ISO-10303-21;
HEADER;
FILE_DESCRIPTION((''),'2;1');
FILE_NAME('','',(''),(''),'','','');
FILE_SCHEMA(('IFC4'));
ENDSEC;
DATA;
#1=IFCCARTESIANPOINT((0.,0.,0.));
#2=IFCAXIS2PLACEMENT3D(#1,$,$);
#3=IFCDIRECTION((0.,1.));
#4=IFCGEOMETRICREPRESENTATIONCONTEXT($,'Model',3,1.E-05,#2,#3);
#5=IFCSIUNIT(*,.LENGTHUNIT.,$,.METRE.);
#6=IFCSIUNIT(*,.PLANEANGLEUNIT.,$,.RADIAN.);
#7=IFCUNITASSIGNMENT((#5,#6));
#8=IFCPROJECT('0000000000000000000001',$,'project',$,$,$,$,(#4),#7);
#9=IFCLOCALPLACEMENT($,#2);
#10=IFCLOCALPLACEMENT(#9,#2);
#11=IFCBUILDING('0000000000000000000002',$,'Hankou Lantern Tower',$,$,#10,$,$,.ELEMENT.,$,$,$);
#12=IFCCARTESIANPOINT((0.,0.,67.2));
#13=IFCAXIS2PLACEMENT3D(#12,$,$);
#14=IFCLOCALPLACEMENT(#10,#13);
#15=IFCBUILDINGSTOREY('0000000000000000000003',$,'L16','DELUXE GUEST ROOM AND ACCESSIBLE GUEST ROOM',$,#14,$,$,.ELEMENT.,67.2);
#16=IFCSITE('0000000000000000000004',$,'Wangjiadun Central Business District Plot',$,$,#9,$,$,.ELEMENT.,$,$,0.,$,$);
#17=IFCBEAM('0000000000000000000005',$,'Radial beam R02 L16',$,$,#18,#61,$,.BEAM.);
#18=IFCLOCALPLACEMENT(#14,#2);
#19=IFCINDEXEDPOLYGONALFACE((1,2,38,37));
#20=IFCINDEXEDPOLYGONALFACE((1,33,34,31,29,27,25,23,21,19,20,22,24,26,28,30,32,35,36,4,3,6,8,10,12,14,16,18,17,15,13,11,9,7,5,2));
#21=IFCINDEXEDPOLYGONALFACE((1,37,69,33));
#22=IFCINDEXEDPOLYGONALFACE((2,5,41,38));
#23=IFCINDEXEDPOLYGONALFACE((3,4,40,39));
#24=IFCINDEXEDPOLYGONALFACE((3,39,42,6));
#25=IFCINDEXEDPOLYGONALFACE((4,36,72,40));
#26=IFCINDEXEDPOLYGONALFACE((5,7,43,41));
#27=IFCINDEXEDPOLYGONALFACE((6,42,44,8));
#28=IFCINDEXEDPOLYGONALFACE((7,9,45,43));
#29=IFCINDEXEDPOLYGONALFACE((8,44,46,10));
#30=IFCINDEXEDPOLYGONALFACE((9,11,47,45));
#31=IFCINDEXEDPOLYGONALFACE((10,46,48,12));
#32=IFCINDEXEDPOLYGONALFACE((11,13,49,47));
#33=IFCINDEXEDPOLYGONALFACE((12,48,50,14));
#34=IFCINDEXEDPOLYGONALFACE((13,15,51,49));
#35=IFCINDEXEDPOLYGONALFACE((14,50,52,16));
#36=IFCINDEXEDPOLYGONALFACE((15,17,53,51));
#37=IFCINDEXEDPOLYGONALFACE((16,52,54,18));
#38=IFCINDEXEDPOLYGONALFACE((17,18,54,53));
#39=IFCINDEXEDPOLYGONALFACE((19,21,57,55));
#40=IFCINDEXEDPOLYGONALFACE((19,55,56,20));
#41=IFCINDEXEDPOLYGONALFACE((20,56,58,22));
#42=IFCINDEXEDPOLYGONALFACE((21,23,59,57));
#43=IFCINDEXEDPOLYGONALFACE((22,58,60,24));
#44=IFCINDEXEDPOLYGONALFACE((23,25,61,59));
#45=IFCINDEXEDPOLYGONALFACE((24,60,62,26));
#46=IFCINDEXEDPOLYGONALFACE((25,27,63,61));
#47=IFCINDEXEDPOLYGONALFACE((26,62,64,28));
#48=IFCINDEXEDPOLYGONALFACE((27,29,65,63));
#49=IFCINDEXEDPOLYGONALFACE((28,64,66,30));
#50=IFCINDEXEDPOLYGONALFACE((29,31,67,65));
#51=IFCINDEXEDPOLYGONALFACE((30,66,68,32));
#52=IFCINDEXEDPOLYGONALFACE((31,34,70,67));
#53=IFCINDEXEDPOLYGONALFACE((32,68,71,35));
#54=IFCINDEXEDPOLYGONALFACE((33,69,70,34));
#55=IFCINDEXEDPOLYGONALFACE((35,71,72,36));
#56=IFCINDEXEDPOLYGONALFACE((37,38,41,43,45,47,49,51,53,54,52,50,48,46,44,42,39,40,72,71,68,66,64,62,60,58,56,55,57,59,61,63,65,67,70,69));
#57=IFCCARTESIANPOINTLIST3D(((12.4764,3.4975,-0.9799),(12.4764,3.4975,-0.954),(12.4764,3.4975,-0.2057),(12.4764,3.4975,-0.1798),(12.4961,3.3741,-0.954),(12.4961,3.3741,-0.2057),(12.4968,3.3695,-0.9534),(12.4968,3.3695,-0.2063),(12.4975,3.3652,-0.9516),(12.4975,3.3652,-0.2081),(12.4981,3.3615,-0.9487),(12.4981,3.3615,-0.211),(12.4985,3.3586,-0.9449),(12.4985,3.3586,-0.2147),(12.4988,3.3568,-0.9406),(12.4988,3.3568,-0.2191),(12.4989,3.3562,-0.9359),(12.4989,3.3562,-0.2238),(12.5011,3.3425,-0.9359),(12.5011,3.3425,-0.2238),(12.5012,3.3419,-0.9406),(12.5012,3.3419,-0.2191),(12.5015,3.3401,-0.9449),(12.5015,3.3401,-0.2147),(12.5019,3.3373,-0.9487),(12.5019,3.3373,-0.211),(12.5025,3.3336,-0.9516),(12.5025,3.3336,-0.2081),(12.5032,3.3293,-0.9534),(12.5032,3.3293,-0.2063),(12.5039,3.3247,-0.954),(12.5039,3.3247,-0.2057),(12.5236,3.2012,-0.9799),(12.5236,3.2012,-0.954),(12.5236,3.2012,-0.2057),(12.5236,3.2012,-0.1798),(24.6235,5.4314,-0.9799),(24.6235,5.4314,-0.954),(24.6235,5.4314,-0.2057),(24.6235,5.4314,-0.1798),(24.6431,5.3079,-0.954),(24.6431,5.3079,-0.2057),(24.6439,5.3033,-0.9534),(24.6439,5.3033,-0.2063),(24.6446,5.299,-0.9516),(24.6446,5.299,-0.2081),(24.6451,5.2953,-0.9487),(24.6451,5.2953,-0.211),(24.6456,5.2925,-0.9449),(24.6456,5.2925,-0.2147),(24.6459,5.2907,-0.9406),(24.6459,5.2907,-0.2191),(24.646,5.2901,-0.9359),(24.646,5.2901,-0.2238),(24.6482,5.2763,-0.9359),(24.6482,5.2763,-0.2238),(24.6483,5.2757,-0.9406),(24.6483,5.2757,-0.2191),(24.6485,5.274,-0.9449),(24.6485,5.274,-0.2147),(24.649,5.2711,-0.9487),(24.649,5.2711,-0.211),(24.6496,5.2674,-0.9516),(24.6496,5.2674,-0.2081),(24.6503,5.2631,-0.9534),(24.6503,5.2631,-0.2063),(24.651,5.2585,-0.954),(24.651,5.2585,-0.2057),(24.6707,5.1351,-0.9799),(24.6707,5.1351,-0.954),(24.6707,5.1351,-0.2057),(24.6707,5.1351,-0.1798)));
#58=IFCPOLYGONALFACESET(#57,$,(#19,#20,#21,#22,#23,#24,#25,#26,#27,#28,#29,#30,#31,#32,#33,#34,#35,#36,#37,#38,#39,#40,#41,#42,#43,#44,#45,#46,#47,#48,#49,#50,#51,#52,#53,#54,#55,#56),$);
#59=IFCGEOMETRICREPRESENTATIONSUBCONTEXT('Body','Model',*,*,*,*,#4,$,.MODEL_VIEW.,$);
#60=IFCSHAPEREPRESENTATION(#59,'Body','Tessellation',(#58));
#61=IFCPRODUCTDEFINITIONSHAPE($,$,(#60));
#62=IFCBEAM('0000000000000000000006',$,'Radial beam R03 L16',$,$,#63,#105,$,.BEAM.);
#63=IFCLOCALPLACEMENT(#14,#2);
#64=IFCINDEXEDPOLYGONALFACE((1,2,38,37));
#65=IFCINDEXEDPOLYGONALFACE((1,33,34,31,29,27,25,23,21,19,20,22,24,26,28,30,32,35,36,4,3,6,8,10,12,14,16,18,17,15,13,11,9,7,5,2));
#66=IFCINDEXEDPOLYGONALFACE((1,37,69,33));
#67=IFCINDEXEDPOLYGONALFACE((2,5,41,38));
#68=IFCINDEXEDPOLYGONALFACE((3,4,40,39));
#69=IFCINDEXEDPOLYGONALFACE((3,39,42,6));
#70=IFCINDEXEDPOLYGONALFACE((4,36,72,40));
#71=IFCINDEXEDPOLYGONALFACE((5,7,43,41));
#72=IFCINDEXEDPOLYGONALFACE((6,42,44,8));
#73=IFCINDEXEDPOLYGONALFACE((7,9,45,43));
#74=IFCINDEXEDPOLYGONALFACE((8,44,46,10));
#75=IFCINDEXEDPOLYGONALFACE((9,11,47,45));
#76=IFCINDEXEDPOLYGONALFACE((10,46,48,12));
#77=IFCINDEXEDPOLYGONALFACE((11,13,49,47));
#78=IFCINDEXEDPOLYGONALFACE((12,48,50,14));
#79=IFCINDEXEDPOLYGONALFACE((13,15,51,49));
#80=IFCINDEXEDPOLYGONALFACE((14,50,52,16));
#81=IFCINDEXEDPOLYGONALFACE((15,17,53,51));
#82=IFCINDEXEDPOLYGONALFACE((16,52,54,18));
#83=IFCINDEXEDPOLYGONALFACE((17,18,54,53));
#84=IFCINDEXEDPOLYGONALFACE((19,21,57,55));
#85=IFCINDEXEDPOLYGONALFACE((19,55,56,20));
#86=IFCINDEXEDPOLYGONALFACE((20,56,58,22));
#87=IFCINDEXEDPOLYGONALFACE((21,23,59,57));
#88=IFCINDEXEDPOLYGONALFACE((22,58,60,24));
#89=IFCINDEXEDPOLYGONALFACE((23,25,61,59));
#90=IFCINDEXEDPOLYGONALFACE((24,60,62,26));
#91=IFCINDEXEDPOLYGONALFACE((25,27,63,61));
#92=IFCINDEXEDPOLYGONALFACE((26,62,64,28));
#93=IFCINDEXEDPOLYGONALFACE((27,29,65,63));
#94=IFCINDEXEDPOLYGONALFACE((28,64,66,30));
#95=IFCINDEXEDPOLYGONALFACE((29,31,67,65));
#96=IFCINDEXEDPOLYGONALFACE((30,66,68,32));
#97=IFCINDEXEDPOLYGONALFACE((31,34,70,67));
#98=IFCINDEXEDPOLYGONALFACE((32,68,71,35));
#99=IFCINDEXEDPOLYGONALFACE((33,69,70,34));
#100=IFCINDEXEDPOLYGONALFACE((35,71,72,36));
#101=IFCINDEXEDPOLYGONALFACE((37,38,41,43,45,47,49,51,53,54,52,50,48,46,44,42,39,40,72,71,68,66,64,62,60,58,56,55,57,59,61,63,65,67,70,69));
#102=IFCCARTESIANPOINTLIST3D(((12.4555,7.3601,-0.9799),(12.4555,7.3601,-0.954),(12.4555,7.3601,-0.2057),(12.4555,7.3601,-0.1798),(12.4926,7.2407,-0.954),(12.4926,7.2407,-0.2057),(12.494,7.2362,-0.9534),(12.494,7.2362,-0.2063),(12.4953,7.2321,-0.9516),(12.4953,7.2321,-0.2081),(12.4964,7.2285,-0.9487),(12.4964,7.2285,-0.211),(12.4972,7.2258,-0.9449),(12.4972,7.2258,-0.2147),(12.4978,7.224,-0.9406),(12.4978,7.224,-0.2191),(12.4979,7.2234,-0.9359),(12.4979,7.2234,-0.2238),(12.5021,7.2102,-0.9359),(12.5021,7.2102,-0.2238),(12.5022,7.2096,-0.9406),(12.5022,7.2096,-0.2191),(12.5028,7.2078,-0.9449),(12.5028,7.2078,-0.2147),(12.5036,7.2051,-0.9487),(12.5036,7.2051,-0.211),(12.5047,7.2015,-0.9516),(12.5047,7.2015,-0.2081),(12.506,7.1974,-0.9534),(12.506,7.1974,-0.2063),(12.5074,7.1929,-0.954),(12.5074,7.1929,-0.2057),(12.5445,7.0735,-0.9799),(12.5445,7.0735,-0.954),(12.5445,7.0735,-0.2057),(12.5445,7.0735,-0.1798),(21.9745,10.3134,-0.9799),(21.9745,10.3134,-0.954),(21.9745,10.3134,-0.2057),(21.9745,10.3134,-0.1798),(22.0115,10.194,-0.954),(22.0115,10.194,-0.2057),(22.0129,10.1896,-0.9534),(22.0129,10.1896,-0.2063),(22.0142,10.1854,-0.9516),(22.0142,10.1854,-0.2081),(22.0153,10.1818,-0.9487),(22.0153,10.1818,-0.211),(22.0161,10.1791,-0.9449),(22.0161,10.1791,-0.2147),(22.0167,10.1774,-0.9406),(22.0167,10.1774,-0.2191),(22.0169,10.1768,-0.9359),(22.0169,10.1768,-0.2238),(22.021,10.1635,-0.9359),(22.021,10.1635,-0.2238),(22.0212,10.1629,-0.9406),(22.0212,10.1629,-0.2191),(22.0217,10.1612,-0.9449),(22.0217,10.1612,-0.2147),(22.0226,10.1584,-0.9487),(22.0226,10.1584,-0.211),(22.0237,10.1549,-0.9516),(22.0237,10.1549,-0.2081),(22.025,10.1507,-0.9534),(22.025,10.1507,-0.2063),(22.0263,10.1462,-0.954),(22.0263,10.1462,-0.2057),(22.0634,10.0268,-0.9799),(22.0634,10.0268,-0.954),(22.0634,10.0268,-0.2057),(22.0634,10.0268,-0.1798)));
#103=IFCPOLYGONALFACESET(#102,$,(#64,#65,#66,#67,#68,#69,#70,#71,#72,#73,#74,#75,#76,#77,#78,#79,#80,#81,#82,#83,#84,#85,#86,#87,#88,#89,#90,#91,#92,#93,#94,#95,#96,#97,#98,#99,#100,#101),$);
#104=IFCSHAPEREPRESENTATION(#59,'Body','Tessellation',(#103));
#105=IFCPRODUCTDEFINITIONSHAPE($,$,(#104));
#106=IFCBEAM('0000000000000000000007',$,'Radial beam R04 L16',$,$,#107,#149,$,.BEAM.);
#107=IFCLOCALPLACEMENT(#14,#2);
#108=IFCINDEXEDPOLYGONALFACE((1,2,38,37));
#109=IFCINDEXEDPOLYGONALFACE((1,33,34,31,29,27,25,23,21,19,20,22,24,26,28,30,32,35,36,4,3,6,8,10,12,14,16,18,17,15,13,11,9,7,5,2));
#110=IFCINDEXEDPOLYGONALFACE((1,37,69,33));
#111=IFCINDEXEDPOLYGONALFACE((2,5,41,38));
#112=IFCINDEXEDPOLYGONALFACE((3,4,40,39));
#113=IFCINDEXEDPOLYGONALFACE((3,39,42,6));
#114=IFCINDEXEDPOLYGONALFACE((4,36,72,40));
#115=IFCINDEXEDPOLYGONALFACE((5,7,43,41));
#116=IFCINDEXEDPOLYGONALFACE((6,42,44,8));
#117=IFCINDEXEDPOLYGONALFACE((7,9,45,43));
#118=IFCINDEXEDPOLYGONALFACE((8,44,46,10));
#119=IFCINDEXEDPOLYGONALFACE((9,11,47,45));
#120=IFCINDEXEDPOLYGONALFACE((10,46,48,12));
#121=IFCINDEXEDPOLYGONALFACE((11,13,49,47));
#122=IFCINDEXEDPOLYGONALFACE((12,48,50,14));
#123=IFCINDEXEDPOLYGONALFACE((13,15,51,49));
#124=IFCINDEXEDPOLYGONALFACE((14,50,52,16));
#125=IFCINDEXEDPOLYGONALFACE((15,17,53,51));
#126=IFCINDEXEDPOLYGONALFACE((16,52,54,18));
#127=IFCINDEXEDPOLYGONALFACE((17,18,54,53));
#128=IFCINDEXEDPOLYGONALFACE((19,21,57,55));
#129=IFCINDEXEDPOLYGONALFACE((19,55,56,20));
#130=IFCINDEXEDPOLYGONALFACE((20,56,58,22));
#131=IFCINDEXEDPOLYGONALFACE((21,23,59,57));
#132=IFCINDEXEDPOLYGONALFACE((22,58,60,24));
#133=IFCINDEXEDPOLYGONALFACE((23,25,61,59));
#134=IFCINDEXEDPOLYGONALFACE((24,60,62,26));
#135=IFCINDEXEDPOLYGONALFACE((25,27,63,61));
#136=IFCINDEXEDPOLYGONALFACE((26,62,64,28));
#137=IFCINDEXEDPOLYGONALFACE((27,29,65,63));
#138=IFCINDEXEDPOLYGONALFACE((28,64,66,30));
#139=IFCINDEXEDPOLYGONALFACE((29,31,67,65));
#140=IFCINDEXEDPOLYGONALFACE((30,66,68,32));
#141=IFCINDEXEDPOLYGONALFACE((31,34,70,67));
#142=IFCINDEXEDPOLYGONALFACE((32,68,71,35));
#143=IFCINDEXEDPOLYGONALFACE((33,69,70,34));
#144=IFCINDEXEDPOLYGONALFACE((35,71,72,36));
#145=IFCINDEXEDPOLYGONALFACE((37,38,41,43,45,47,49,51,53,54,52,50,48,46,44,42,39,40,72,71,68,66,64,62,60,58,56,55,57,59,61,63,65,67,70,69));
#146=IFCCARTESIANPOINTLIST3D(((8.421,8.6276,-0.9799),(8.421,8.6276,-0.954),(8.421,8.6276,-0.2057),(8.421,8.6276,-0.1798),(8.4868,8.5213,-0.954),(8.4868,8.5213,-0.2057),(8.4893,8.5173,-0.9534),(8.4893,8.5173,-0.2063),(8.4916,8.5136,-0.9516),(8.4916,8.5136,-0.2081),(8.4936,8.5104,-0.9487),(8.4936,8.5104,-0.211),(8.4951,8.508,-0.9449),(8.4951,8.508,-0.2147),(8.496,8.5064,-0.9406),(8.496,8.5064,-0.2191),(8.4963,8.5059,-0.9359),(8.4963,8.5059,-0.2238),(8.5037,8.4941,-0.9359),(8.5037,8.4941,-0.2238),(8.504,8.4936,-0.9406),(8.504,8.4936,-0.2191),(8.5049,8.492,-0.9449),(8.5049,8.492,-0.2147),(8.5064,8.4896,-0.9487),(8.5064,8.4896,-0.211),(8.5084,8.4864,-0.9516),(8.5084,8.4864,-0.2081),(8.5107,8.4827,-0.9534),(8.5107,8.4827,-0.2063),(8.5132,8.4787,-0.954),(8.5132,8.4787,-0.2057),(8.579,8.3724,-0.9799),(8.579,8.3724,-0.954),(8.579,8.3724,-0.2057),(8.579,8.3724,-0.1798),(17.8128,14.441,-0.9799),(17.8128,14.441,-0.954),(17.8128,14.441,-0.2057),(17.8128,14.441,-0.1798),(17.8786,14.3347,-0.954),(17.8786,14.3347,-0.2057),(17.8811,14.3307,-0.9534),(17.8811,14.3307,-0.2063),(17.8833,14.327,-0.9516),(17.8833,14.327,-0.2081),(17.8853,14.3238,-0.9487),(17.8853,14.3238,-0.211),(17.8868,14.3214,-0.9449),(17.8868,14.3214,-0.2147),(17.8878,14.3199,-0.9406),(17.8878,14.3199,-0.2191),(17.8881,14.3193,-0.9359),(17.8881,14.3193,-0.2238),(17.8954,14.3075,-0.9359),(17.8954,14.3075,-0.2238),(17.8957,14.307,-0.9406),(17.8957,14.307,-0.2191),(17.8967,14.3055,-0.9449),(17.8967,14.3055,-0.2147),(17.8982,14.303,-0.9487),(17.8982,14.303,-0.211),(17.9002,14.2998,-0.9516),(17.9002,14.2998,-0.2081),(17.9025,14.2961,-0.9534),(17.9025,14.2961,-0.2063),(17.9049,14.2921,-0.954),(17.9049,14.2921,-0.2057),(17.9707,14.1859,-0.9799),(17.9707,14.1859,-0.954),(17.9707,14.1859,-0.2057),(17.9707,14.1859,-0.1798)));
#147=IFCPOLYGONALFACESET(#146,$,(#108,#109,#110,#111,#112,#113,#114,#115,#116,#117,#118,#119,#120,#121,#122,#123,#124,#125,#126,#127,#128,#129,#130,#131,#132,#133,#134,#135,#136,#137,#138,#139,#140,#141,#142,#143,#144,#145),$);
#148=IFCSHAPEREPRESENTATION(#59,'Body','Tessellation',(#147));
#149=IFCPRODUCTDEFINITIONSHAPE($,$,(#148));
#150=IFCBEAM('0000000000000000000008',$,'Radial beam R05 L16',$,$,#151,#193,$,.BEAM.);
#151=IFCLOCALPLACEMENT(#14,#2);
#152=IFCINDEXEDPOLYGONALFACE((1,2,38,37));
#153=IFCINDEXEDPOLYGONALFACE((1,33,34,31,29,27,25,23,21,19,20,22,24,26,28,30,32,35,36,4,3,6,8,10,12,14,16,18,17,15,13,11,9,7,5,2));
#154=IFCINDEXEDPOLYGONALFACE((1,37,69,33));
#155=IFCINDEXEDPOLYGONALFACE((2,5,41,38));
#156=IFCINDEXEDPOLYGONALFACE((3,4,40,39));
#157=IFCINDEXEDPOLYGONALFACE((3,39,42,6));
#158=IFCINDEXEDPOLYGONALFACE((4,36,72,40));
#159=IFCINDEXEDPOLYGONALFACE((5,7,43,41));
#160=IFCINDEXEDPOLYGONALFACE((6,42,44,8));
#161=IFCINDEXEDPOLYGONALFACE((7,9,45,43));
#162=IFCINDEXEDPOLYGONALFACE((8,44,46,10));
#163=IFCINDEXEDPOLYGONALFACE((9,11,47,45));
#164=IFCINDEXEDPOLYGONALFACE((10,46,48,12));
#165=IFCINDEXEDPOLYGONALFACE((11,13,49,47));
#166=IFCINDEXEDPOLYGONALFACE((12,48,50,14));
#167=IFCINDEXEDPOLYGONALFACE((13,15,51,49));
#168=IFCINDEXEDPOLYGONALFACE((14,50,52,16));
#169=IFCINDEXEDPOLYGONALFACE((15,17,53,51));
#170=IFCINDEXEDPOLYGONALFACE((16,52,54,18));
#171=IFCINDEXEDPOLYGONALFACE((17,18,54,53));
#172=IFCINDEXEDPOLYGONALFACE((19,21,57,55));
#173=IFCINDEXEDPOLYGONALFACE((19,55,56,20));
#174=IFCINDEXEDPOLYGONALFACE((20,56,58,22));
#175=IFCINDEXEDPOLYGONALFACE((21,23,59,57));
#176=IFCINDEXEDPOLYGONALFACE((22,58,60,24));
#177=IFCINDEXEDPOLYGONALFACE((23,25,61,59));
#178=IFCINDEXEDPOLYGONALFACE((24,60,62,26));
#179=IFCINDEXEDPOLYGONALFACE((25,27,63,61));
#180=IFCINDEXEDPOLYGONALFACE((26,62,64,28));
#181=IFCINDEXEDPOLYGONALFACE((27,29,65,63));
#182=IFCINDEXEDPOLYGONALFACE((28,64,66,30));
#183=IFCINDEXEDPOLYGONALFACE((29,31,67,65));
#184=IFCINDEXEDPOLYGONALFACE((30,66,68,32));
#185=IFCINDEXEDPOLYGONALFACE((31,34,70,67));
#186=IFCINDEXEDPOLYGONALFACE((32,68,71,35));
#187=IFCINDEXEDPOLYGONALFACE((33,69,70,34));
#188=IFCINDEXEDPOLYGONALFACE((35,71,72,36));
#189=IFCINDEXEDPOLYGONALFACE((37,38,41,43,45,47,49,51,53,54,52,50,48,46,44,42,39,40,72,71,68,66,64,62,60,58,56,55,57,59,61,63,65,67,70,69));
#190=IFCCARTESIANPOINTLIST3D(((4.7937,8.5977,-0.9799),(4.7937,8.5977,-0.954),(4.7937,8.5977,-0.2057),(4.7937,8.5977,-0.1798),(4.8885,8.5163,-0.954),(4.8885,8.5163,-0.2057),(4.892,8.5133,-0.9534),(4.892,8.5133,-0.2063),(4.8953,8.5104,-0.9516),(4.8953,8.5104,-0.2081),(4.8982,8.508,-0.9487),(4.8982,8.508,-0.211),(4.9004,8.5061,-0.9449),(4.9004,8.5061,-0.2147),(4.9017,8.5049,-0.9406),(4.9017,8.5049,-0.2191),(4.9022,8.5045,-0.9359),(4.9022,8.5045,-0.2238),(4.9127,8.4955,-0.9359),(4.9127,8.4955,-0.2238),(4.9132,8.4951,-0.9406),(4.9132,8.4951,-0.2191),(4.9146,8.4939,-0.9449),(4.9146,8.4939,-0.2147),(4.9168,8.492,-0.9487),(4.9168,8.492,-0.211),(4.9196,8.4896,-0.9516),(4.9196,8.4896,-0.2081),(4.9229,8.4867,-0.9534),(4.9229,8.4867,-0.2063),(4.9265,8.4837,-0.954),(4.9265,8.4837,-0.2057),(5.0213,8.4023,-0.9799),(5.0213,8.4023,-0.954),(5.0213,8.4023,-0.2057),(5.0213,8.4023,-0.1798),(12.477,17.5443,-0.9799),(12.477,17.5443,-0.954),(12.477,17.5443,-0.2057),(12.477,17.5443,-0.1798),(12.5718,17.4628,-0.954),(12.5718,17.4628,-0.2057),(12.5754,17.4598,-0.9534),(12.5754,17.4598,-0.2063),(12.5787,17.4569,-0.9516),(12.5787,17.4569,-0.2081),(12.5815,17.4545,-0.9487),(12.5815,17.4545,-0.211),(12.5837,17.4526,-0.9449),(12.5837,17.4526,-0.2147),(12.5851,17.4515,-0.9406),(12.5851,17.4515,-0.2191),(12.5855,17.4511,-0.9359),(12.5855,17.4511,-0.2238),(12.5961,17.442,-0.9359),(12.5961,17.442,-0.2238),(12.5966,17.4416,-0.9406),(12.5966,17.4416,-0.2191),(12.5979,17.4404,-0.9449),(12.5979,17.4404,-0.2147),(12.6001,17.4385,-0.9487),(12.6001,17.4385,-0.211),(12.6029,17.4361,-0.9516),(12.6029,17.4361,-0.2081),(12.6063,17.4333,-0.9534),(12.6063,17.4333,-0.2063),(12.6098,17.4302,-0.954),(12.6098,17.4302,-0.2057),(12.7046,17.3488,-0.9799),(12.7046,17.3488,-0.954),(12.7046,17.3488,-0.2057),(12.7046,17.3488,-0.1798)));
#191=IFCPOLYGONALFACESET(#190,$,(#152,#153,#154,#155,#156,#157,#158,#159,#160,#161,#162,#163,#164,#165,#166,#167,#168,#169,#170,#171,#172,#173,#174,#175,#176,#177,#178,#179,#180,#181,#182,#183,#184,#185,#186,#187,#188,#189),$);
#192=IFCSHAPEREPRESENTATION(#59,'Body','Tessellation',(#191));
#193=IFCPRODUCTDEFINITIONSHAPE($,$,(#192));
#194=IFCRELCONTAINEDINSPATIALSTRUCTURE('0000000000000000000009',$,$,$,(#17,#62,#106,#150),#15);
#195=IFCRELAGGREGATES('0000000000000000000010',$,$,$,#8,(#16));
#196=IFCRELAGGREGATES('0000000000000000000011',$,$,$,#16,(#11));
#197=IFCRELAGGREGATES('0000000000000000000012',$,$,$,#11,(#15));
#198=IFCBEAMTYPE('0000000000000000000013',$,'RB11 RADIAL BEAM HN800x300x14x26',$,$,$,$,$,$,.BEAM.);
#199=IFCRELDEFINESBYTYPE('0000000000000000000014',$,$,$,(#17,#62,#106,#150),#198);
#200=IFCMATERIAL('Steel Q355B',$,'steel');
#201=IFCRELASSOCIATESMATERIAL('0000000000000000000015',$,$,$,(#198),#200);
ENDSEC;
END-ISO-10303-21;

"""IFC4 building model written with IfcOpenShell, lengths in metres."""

from ifc_helpers import new_model, si_unit, direction, frame, origin, origin_2d, place, context, subcontext, project, spatial, i_section, extrude, material, material_profile, profile_set, type_object, element, save


model = new_model("IFC4")

# Units and contexts
model_context = context("Model", 3, precision=1e-05, world=origin(), true_north=direction((0.0, 1.0)))
body_context = subcontext(model_context, "Body", "Model", "MODEL_VIEW")
ifc_project = project(units=[si_unit("LENGTHUNIT", "METRE"), si_unit("PLANEANGLEUNIT", "RADIAN")], contexts=[model_context])

# Site, building, storey
site_placement = place(None, origin())
site = spatial("IfcSite", under=ifc_project, at=site_placement, Name="Wangjiadun Central Business District Plot", CompositionType="ELEMENT", RefElevation=0.0)
building_placement = place(site_placement, origin())
building = spatial("IfcBuilding", under=site, at=building_placement, Name="Hankou Lantern Tower", CompositionType="ELEMENT")
storey_placement = place(building_placement, frame((0.0, 0.0, 67.2)))
storey = spatial("IfcBuildingStorey", under=building, at=storey_placement, Name="L16", Description="DELUXE GUEST ROOM AND ACCESSIBLE GUEST ROOM", CompositionType="ELEMENT", Elevation=67.2)

# Beams
ifc_material_1 = material(Name="Steel Q355B", Category="steel")
ifc_material_profile_1 = material_profile(ifc_material_1, i_section(OverallWidth=0.3, OverallDepth=0.8, WebThickness=0.0139, FlangeThickness=0.0259, FilletRadius=0.0181, at=origin_2d()), Name="HN800x300x14x26")
ifc_profile_set_1 = profile_set([ifc_material_profile_1], Name="Steel Q355B")
beam_type_1 = type_object("IfcBeamType", Name="RB11 RADIAL BEAM HN800x300x14x26", PredefinedType="BEAM", material=ifc_profile_set_1)
beam_1_placement = place(storey_placement, frame((12.5, 3.3494, -0.5798), z_axis=(0.987563, 0.157223, 0.0), x_axis=(-0.157223, 0.987563, 0.0)))
element("IfcBeam", 1, at=beam_1_placement, inside=storey, type_object=beam_type_1, Name="Radial beam R02 L16", PredefinedType="BEAM", context=body_context, shape_type="SweptSolid", body=[
    extrude(i_section(OverallWidth=0.3, OverallDepth=0.8, WebThickness=0.0139, FlangeThickness=0.0259, FilletRadius=0.0181, at=origin_2d()), origin(), (0.0, 0.0, 1.0), 12.3),
])
beam_2_placement = place(storey_placement, frame((12.5, 7.2168, -0.5798), z_axis=(0.955087, 0.296324, 0.0), x_axis=(-0.296324, 0.955087, 0.0)))
element("IfcBeam", 2, at=beam_2_placement, inside=storey, type_object=beam_type_1, Name="Radial beam R03 L16", PredefinedType="BEAM", context=body_context, shape_type="SweptSolid", body=[
    extrude(i_section(OverallWidth=0.3, OverallDepth=0.8, WebThickness=0.0139, FlangeThickness=0.0259, FilletRadius=0.0181, at=origin_2d()), origin(), (0.0, 0.0, 1.0), 9.9666),
])
beam_3_placement = place(storey_placement, frame((8.5, 8.5, -0.5798), z_axis=(0.850286, 0.52632, 0.0), x_axis=(-0.52632, 0.850286, 0.0)))
element("IfcBeam", 3, at=beam_3_placement, inside=storey, type_object=beam_type_1, Name="Radial beam R04 L16", PredefinedType="BEAM", context=body_context, shape_type="SweptSolid", body=[
    extrude(i_section(OverallWidth=0.3, OverallDepth=0.8, WebThickness=0.0139, FlangeThickness=0.0259, FilletRadius=0.0181, at=origin_2d()), origin(), (0.0, 0.0, 1.0), 11.0454),
])
beam_4_placement = place(storey_placement, frame((4.9075, 8.5, -0.5798), z_axis=(0.651519, 0.758632, 0.0), x_axis=(-0.758632, 0.651519, 0.0)))
element("IfcBeam", 4, at=beam_4_placement, inside=storey, type_object=beam_type_1, Name="Radial beam R05 L16", PredefinedType="BEAM", context=body_context, shape_type="SweptSolid", body=[
    extrude(i_section(OverallWidth=0.3, OverallDepth=0.8, WebThickness=0.0139, FlangeThickness=0.0259, FilletRadius=0.0181, at=origin_2d()), origin(), (0.0, 0.0, 1.0), 11.793),
])

save(model, "model.ifc")
